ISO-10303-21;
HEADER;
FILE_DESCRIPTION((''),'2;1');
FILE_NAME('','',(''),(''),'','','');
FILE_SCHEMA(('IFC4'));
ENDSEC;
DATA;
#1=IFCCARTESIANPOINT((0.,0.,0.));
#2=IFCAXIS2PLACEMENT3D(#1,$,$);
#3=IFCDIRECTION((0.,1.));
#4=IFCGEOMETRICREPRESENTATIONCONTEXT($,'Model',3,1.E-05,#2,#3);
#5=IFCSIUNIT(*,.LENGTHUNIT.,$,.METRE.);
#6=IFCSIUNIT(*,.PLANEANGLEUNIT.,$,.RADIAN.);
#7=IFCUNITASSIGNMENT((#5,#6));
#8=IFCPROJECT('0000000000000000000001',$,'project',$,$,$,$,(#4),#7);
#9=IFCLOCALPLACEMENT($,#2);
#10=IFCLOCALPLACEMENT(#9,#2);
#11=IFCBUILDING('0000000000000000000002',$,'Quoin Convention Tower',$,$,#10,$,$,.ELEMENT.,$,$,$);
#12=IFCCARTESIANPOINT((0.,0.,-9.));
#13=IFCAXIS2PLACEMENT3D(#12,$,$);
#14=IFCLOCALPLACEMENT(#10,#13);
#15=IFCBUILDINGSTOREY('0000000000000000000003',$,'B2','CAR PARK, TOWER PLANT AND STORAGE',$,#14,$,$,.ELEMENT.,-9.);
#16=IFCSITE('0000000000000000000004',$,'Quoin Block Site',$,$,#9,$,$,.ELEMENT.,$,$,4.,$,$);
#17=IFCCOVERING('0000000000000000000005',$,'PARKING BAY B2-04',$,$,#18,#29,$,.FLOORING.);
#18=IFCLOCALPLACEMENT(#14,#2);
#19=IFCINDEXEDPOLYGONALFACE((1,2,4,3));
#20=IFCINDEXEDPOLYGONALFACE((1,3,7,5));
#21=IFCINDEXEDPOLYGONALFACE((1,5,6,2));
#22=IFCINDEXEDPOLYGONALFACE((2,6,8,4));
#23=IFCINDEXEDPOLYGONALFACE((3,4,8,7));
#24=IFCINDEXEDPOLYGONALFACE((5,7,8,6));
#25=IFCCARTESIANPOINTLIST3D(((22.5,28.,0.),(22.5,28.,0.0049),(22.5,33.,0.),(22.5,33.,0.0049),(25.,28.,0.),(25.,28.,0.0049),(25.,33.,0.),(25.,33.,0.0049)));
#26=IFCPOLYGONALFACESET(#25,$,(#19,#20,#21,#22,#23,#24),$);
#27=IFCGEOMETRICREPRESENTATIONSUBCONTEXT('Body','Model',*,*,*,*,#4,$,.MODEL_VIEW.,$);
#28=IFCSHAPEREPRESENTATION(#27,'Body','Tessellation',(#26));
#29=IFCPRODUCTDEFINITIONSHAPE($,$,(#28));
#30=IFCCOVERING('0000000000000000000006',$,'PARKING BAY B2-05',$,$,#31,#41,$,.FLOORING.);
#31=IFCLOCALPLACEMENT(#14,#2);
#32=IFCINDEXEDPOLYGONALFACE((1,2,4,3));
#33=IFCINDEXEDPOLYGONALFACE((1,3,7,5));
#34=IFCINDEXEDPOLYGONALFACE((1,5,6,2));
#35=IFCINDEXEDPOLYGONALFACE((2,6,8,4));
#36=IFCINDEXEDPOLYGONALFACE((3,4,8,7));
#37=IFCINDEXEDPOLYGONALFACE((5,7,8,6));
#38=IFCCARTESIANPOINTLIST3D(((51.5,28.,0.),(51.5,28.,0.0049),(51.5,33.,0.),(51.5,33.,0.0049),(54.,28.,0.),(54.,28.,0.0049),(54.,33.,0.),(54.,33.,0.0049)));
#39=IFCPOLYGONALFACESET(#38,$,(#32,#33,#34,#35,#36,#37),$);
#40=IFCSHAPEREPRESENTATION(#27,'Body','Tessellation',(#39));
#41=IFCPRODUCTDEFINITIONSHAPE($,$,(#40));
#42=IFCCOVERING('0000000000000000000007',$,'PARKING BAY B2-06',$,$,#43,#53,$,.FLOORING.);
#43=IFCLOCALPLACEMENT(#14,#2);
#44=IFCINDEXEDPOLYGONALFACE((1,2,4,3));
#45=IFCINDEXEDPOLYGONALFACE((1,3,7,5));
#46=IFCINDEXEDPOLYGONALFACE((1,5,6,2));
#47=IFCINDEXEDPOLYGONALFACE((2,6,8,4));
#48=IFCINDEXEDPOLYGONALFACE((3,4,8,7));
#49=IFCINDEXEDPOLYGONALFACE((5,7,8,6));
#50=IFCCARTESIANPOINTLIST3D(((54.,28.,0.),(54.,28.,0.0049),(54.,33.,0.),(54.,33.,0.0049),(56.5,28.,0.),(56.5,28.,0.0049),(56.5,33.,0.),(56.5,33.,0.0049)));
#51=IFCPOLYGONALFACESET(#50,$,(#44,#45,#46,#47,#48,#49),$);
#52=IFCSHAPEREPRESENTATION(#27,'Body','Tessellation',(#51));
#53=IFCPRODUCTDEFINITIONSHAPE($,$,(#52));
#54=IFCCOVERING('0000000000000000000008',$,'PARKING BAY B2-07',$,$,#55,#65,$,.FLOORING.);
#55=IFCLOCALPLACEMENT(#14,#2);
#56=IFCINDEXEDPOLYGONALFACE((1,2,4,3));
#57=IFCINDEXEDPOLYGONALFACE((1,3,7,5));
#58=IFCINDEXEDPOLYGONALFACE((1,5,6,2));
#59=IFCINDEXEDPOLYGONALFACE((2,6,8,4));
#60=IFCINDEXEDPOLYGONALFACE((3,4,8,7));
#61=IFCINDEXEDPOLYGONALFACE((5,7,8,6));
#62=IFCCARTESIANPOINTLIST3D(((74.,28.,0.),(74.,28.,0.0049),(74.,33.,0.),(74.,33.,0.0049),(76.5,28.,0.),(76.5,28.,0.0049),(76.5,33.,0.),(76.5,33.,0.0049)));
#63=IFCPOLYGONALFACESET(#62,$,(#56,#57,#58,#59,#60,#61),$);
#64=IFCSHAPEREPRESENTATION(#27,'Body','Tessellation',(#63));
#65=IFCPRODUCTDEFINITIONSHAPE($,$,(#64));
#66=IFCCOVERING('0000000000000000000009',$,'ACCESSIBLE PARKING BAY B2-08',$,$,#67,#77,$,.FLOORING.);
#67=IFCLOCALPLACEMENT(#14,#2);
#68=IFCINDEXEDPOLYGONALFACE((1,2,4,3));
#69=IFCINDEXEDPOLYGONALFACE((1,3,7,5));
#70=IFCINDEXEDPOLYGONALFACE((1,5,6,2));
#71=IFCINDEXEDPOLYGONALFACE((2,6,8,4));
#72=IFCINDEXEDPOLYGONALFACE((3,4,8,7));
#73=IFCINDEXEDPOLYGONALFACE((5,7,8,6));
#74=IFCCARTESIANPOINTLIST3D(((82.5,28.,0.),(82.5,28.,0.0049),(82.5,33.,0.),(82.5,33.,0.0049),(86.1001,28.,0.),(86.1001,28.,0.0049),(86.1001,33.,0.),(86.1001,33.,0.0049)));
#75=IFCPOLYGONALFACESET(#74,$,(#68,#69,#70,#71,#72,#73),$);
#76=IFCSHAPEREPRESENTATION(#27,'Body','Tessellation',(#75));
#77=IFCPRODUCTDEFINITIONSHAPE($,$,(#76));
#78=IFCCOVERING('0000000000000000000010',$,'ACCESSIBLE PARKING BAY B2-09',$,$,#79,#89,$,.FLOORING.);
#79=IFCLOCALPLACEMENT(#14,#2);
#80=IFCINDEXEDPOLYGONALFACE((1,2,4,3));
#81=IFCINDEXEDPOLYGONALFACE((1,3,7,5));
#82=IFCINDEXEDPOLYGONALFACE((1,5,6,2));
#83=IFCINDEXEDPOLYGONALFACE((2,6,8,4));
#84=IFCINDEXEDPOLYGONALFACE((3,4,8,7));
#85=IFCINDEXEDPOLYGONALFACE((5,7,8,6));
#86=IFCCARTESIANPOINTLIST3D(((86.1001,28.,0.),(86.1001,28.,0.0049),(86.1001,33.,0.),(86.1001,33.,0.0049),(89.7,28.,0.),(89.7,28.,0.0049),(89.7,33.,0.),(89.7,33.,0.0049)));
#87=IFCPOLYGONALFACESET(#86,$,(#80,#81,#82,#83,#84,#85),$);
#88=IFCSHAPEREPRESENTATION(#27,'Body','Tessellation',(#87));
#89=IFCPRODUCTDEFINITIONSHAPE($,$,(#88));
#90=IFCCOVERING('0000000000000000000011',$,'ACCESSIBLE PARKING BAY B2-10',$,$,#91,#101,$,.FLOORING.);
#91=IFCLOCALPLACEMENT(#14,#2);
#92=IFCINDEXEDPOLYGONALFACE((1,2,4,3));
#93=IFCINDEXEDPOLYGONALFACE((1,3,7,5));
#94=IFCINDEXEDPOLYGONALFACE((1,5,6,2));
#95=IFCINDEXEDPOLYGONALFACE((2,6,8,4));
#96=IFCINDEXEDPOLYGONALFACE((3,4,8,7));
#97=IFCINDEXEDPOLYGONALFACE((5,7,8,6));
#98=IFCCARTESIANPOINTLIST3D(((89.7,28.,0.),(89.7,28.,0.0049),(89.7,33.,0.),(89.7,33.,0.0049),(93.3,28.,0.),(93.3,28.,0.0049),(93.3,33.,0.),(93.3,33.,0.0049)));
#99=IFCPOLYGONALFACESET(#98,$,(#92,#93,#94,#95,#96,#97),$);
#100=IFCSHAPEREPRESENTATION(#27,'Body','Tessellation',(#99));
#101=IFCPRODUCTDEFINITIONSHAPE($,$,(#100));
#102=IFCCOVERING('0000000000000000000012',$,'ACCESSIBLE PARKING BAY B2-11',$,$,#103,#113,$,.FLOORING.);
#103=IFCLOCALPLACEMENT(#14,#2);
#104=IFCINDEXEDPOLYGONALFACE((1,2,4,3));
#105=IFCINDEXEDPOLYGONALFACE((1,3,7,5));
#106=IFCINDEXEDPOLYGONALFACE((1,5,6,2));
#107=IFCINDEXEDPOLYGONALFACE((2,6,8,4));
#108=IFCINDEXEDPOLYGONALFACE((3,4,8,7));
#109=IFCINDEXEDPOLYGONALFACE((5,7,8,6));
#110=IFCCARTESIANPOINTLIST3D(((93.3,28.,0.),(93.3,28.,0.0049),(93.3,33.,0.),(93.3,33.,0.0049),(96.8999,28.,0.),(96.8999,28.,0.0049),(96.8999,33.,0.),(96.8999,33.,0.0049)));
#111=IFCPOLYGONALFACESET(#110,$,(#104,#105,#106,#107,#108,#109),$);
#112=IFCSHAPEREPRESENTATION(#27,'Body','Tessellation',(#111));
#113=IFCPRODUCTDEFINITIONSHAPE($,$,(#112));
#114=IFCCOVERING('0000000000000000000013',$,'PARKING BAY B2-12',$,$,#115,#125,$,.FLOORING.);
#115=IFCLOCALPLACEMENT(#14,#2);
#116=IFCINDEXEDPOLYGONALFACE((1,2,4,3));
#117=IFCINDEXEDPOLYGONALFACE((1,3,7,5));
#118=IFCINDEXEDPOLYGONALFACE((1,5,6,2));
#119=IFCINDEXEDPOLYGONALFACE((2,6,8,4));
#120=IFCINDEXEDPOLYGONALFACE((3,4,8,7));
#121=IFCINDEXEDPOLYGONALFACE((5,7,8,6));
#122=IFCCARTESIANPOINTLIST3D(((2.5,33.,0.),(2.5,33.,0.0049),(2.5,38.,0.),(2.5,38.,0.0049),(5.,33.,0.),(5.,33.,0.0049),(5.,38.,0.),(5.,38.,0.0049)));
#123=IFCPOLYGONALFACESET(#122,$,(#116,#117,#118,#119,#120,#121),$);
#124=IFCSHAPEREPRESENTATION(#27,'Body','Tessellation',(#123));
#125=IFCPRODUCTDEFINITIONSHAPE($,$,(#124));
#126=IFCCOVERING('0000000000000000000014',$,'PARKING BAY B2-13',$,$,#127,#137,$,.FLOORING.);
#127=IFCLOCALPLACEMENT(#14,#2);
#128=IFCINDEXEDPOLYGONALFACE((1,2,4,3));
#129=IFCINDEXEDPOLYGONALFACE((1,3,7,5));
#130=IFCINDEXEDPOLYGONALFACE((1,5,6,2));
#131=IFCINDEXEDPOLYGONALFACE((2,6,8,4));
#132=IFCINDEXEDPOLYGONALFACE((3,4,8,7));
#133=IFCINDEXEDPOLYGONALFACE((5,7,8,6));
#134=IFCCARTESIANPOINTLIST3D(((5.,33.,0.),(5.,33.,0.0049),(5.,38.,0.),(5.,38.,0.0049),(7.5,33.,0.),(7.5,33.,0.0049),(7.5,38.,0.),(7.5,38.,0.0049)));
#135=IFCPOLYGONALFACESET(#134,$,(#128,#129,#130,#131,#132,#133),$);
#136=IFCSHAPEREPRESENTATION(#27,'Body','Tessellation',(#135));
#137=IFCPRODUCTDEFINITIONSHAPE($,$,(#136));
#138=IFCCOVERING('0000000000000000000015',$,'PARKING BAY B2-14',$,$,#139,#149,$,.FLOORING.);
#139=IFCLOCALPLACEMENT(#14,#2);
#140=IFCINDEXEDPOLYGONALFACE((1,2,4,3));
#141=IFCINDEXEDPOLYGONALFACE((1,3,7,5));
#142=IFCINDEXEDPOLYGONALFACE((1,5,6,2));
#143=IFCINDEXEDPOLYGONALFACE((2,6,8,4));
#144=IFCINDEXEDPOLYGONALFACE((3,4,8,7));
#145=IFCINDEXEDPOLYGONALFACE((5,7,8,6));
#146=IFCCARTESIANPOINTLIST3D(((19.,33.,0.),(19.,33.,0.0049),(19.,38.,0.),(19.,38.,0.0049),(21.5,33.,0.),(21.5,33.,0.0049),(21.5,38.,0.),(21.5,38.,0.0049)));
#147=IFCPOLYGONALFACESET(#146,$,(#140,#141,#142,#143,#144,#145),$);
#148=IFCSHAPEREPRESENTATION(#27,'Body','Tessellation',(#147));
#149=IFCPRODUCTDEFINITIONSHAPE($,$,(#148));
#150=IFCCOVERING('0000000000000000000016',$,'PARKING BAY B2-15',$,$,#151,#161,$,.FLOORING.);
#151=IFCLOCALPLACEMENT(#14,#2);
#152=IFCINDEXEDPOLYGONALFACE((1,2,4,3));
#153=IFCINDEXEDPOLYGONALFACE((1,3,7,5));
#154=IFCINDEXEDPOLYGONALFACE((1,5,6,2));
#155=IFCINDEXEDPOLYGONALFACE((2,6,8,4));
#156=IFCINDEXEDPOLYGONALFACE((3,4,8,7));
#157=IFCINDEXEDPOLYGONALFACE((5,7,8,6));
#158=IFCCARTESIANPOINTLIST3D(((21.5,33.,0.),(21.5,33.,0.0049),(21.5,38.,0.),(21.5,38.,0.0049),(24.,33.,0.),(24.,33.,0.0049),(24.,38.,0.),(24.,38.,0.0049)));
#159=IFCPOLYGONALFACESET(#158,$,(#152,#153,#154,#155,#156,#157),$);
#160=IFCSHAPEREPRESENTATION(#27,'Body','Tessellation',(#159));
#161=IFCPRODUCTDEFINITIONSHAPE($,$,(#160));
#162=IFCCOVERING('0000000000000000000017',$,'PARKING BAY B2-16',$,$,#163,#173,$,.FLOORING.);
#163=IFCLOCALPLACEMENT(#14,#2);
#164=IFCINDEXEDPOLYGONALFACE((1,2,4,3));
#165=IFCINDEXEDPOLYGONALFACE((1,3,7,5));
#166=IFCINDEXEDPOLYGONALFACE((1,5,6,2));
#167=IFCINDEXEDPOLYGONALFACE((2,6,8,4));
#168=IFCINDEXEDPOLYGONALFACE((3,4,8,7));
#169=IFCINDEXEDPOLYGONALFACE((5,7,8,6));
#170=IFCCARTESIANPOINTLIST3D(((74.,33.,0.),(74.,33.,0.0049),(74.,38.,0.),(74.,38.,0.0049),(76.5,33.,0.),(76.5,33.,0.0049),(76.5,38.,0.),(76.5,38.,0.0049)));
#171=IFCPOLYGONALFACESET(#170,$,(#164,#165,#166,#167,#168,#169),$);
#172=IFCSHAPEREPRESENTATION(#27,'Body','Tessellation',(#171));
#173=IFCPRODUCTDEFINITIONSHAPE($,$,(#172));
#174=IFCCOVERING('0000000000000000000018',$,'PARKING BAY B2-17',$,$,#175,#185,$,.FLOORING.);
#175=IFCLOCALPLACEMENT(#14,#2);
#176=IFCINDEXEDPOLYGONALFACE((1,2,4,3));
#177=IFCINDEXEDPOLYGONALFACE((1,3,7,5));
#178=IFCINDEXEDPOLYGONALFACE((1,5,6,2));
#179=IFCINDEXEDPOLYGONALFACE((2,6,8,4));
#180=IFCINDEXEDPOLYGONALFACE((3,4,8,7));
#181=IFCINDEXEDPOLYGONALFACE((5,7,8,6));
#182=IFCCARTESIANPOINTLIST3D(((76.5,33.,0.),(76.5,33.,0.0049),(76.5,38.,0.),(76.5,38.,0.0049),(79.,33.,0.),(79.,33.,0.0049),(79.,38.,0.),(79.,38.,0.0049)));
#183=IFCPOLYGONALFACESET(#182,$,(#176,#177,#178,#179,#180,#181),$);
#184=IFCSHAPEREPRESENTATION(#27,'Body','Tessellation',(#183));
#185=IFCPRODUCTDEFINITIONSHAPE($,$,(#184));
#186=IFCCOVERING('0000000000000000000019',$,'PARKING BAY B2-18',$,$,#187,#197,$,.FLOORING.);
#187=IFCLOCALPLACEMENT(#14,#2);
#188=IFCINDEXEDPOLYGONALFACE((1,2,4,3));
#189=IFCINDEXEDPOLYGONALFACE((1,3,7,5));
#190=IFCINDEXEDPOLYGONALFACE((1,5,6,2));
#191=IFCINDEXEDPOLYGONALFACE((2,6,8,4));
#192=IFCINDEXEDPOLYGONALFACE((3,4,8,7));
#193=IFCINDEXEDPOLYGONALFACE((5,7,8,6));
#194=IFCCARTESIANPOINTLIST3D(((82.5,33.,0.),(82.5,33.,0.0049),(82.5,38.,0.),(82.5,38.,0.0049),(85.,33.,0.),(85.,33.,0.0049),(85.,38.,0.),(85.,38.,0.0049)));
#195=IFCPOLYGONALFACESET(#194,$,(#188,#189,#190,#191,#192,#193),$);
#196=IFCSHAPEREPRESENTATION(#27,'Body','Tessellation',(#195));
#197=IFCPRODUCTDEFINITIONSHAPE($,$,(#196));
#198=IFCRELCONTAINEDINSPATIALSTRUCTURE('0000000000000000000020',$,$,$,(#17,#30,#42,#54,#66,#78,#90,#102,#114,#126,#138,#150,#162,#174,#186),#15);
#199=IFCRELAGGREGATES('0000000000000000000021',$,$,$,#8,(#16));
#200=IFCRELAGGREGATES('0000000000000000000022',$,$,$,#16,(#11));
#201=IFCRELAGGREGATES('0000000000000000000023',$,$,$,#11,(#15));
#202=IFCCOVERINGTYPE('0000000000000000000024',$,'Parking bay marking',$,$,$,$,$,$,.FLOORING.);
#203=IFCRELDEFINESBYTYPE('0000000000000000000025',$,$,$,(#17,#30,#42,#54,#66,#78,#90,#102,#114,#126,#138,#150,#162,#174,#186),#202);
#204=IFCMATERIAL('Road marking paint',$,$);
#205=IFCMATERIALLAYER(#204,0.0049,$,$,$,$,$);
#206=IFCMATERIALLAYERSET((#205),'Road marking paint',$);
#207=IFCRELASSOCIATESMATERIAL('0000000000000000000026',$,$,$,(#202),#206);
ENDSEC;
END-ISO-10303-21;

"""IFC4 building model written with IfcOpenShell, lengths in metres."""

from ifc_helpers import new_model, si_unit, direction, frame, origin, place, context, subcontext, project, spatial, polyline, outline, extrude, material, layer, layer_set, type_object, element, save


model = new_model("IFC4")

# Units and contexts
model_context = context("Model", 3, precision=1e-05, world=origin(), true_north=direction((0.0, 1.0)))
body_context = subcontext(model_context, "Body", "Model", "MODEL_VIEW")
ifc_project = project(units=[si_unit("LENGTHUNIT", "METRE"), si_unit("PLANEANGLEUNIT", "RADIAN")], contexts=[model_context])

# Site, building, storey
site_placement = place(None, origin())
site = spatial("IfcSite", under=ifc_project, at=site_placement, Name="Quoin Block Site", CompositionType="ELEMENT", RefElevation=4.0)
building_placement = place(site_placement, origin())
building = spatial("IfcBuilding", under=site, at=building_placement, Name="Quoin Convention Tower", CompositionType="ELEMENT")
storey_placement = place(building_placement, frame((0.0, 0.0, -9.0)))
storey = spatial("IfcBuildingStorey", under=building, at=storey_placement, Name="B2", Description="CAR PARK, TOWER PLANT AND STORAGE", CompositionType="ELEMENT", Elevation=-9.0)

# Coverings
ifc_material_1 = material(Name="Road marking paint")
ifc_layer_1 = layer(ifc_material_1, 0.0049)
ifc_layer_set_1 = layer_set([ifc_layer_1], Name="Road marking paint")
covering_type = type_object("IfcCoveringType", Name="Parking bay marking", PredefinedType="FLOORING", material=ifc_layer_set_1)
covering_1_placement = place(storey_placement, origin())
element("IfcCovering", 1, at=covering_1_placement, inside=storey, type_object=covering_type, Name="PARKING BAY B2-04", PredefinedType="FLOORING", context=body_context, shape_type="SweptSolid", body=[
    extrude(outline(polyline([(22.5, 28.0), (25.0, 28.0), (25.0, 33.0), (22.5, 33.0), (22.5, 28.0)])), origin(), (0.0, 0.0, 1.0), 0.0049),
])
covering_2_placement = place(storey_placement, origin())
element("IfcCovering", 2, at=covering_2_placement, inside=storey, type_object=covering_type, Name="PARKING BAY B2-05", PredefinedType="FLOORING", context=body_context, shape_type="SweptSolid", body=[
    extrude(outline(polyline([(51.5, 28.0), (54.0, 28.0), (54.0, 33.0), (51.5, 33.0), (51.5, 28.0)])), origin(), (0.0, 0.0, 1.0), 0.0049),
])
covering_3_placement = place(storey_placement, origin())
element("IfcCovering", 3, at=covering_3_placement, inside=storey, type_object=covering_type, Name="PARKING BAY B2-06", PredefinedType="FLOORING", context=body_context, shape_type="SweptSolid", body=[
    extrude(outline(polyline([(54.0, 28.0), (56.5, 28.0), (56.5, 33.0), (54.0, 33.0), (54.0, 28.0)])), origin(), (0.0, 0.0, 1.0), 0.0049),
])
covering_4_placement = place(storey_placement, origin())
element("IfcCovering", 4, at=covering_4_placement, inside=storey, type_object=covering_type, Name="PARKING BAY B2-07", PredefinedType="FLOORING", context=body_context, shape_type="SweptSolid", body=[
    extrude(outline(polyline([(74.0, 28.0), (76.5, 28.0), (76.5, 33.0), (74.0, 33.0), (74.0, 28.0)])), origin(), (0.0, 0.0, 1.0), 0.0049),
])
covering_5_placement = place(storey_placement, origin())
element("IfcCovering", 5, at=covering_5_placement, inside=storey, type_object=covering_type, Name="ACCESSIBLE PARKING BAY B2-08", PredefinedType="FLOORING", context=body_context, shape_type="SweptSolid", body=[
    extrude(outline(polyline([(82.5, 28.0), (86.1001, 28.0), (86.1001, 33.0), (82.5, 33.0), (82.5, 28.0)])), origin(), (0.0, 0.0, 1.0), 0.0049),
])
covering_6_placement = place(storey_placement, origin())
element("IfcCovering", 6, at=covering_6_placement, inside=storey, type_object=covering_type, Name="ACCESSIBLE PARKING BAY B2-09", PredefinedType="FLOORING", context=body_context, shape_type="SweptSolid", body=[
    extrude(outline(polyline([(86.1001, 28.0), (89.7, 28.0), (89.7, 33.0), (86.1001, 33.0), (86.1001, 28.0)])), origin(), (0.0, 0.0, 1.0), 0.0049),
])
covering_7_placement = place(storey_placement, origin())
element("IfcCovering", 7, at=covering_7_placement, inside=storey, type_object=covering_type, Name="ACCESSIBLE PARKING BAY B2-10", PredefinedType="FLOORING", context=body_context, shape_type="SweptSolid", body=[
    extrude(outline(polyline([(89.7, 28.0), (93.3, 28.0), (93.3, 33.0), (89.7, 33.0), (89.7, 28.0)])), origin(), (0.0, 0.0, 1.0), 0.0049),
])
covering_8_placement = place(storey_placement, origin())
element("IfcCovering", 8, at=covering_8_placement, inside=storey, type_object=covering_type, Name="ACCESSIBLE PARKING BAY B2-11", PredefinedType="FLOORING", context=body_context, shape_type="SweptSolid", body=[
    extrude(outline(polyline([(93.3, 28.0), (96.8999, 28.0), (96.8999, 33.0), (93.3, 33.0), (93.3, 28.0)])), origin(), (0.0, 0.0, 1.0), 0.0049),
])
covering_9_placement = place(storey_placement, origin())
element("IfcCovering", 9, at=covering_9_placement, inside=storey, type_object=covering_type, Name="PARKING BAY B2-12", PredefinedType="FLOORING", context=body_context, shape_type="SweptSolid", body=[
    extrude(outline(polyline([(2.5, 33.0), (5.0, 33.0), (5.0, 38.0), (2.5, 38.0), (2.5, 33.0)])), origin(), (0.0, 0.0, 1.0), 0.0049),
])
covering_10_placement = place(storey_placement, origin())
element("IfcCovering", 10, at=covering_10_placement, inside=storey, type_object=covering_type, Name="PARKING BAY B2-13", PredefinedType="FLOORING", context=body_context, shape_type="SweptSolid", body=[
    extrude(outline(polyline([(5.0, 33.0), (7.5, 33.0), (7.5, 38.0), (5.0, 38.0), (5.0, 33.0)])), origin(), (0.0, 0.0, 1.0), 0.0049),
])
covering_11_placement = place(storey_placement, origin())
element("IfcCovering", 11, at=covering_11_placement, inside=storey, type_object=covering_type, Name="PARKING BAY B2-14", PredefinedType="FLOORING", context=body_context, shape_type="SweptSolid", body=[
    extrude(outline(polyline([(19.0, 33.0), (21.5, 33.0), (21.5, 38.0), (19.0, 38.0), (19.0, 33.0)])), origin(), (0.0, 0.0, 1.0), 0.0049),
])
covering_12_placement = place(storey_placement, origin())
element("IfcCovering", 12, at=covering_12_placement, inside=storey, type_object=covering_type, Name="PARKING BAY B2-15", PredefinedType="FLOORING", context=body_context, shape_type="SweptSolid", body=[
    extrude(outline(polyline([(21.5, 33.0), (24.0, 33.0), (24.0, 38.0), (21.5, 38.0), (21.5, 33.0)])), origin(), (0.0, 0.0, 1.0), 0.0049),
])
covering_13_placement = place(storey_placement, origin())
element("IfcCovering", 13, at=covering_13_placement, inside=storey, type_object=covering_type, Name="PARKING BAY B2-16", PredefinedType="FLOORING", context=body_context, shape_type="SweptSolid", body=[
    extrude(outline(polyline([(74.0, 33.0), (76.5, 33.0), (76.5, 38.0), (74.0, 38.0), (74.0, 33.0)])), origin(), (0.0, 0.0, 1.0), 0.0049),
])
covering_14_placement = place(storey_placement, origin())
element("IfcCovering", 14, at=covering_14_placement, inside=storey, type_object=covering_type, Name="PARKING BAY B2-17", PredefinedType="FLOORING", context=body_context, shape_type="SweptSolid", body=[
    extrude(outline(polyline([(76.5, 33.0), (79.0, 33.0), (79.0, 38.0), (76.5, 38.0), (76.5, 33.0)])), origin(), (0.0, 0.0, 1.0), 0.0049),
])
covering_15_placement = place(storey_placement, origin())
element("IfcCovering", 15, at=covering_15_placement, inside=storey, type_object=covering_type, Name="PARKING BAY B2-18", PredefinedType="FLOORING", context=body_context, shape_type="SweptSolid", body=[
    extrude(outline(polyline([(82.5, 33.0), (85.0, 33.0), (85.0, 38.0), (82.5, 38.0), (82.5, 33.0)])), origin(), (0.0, 0.0, 1.0), 0.0049),
])

save(model, "model.ifc")
